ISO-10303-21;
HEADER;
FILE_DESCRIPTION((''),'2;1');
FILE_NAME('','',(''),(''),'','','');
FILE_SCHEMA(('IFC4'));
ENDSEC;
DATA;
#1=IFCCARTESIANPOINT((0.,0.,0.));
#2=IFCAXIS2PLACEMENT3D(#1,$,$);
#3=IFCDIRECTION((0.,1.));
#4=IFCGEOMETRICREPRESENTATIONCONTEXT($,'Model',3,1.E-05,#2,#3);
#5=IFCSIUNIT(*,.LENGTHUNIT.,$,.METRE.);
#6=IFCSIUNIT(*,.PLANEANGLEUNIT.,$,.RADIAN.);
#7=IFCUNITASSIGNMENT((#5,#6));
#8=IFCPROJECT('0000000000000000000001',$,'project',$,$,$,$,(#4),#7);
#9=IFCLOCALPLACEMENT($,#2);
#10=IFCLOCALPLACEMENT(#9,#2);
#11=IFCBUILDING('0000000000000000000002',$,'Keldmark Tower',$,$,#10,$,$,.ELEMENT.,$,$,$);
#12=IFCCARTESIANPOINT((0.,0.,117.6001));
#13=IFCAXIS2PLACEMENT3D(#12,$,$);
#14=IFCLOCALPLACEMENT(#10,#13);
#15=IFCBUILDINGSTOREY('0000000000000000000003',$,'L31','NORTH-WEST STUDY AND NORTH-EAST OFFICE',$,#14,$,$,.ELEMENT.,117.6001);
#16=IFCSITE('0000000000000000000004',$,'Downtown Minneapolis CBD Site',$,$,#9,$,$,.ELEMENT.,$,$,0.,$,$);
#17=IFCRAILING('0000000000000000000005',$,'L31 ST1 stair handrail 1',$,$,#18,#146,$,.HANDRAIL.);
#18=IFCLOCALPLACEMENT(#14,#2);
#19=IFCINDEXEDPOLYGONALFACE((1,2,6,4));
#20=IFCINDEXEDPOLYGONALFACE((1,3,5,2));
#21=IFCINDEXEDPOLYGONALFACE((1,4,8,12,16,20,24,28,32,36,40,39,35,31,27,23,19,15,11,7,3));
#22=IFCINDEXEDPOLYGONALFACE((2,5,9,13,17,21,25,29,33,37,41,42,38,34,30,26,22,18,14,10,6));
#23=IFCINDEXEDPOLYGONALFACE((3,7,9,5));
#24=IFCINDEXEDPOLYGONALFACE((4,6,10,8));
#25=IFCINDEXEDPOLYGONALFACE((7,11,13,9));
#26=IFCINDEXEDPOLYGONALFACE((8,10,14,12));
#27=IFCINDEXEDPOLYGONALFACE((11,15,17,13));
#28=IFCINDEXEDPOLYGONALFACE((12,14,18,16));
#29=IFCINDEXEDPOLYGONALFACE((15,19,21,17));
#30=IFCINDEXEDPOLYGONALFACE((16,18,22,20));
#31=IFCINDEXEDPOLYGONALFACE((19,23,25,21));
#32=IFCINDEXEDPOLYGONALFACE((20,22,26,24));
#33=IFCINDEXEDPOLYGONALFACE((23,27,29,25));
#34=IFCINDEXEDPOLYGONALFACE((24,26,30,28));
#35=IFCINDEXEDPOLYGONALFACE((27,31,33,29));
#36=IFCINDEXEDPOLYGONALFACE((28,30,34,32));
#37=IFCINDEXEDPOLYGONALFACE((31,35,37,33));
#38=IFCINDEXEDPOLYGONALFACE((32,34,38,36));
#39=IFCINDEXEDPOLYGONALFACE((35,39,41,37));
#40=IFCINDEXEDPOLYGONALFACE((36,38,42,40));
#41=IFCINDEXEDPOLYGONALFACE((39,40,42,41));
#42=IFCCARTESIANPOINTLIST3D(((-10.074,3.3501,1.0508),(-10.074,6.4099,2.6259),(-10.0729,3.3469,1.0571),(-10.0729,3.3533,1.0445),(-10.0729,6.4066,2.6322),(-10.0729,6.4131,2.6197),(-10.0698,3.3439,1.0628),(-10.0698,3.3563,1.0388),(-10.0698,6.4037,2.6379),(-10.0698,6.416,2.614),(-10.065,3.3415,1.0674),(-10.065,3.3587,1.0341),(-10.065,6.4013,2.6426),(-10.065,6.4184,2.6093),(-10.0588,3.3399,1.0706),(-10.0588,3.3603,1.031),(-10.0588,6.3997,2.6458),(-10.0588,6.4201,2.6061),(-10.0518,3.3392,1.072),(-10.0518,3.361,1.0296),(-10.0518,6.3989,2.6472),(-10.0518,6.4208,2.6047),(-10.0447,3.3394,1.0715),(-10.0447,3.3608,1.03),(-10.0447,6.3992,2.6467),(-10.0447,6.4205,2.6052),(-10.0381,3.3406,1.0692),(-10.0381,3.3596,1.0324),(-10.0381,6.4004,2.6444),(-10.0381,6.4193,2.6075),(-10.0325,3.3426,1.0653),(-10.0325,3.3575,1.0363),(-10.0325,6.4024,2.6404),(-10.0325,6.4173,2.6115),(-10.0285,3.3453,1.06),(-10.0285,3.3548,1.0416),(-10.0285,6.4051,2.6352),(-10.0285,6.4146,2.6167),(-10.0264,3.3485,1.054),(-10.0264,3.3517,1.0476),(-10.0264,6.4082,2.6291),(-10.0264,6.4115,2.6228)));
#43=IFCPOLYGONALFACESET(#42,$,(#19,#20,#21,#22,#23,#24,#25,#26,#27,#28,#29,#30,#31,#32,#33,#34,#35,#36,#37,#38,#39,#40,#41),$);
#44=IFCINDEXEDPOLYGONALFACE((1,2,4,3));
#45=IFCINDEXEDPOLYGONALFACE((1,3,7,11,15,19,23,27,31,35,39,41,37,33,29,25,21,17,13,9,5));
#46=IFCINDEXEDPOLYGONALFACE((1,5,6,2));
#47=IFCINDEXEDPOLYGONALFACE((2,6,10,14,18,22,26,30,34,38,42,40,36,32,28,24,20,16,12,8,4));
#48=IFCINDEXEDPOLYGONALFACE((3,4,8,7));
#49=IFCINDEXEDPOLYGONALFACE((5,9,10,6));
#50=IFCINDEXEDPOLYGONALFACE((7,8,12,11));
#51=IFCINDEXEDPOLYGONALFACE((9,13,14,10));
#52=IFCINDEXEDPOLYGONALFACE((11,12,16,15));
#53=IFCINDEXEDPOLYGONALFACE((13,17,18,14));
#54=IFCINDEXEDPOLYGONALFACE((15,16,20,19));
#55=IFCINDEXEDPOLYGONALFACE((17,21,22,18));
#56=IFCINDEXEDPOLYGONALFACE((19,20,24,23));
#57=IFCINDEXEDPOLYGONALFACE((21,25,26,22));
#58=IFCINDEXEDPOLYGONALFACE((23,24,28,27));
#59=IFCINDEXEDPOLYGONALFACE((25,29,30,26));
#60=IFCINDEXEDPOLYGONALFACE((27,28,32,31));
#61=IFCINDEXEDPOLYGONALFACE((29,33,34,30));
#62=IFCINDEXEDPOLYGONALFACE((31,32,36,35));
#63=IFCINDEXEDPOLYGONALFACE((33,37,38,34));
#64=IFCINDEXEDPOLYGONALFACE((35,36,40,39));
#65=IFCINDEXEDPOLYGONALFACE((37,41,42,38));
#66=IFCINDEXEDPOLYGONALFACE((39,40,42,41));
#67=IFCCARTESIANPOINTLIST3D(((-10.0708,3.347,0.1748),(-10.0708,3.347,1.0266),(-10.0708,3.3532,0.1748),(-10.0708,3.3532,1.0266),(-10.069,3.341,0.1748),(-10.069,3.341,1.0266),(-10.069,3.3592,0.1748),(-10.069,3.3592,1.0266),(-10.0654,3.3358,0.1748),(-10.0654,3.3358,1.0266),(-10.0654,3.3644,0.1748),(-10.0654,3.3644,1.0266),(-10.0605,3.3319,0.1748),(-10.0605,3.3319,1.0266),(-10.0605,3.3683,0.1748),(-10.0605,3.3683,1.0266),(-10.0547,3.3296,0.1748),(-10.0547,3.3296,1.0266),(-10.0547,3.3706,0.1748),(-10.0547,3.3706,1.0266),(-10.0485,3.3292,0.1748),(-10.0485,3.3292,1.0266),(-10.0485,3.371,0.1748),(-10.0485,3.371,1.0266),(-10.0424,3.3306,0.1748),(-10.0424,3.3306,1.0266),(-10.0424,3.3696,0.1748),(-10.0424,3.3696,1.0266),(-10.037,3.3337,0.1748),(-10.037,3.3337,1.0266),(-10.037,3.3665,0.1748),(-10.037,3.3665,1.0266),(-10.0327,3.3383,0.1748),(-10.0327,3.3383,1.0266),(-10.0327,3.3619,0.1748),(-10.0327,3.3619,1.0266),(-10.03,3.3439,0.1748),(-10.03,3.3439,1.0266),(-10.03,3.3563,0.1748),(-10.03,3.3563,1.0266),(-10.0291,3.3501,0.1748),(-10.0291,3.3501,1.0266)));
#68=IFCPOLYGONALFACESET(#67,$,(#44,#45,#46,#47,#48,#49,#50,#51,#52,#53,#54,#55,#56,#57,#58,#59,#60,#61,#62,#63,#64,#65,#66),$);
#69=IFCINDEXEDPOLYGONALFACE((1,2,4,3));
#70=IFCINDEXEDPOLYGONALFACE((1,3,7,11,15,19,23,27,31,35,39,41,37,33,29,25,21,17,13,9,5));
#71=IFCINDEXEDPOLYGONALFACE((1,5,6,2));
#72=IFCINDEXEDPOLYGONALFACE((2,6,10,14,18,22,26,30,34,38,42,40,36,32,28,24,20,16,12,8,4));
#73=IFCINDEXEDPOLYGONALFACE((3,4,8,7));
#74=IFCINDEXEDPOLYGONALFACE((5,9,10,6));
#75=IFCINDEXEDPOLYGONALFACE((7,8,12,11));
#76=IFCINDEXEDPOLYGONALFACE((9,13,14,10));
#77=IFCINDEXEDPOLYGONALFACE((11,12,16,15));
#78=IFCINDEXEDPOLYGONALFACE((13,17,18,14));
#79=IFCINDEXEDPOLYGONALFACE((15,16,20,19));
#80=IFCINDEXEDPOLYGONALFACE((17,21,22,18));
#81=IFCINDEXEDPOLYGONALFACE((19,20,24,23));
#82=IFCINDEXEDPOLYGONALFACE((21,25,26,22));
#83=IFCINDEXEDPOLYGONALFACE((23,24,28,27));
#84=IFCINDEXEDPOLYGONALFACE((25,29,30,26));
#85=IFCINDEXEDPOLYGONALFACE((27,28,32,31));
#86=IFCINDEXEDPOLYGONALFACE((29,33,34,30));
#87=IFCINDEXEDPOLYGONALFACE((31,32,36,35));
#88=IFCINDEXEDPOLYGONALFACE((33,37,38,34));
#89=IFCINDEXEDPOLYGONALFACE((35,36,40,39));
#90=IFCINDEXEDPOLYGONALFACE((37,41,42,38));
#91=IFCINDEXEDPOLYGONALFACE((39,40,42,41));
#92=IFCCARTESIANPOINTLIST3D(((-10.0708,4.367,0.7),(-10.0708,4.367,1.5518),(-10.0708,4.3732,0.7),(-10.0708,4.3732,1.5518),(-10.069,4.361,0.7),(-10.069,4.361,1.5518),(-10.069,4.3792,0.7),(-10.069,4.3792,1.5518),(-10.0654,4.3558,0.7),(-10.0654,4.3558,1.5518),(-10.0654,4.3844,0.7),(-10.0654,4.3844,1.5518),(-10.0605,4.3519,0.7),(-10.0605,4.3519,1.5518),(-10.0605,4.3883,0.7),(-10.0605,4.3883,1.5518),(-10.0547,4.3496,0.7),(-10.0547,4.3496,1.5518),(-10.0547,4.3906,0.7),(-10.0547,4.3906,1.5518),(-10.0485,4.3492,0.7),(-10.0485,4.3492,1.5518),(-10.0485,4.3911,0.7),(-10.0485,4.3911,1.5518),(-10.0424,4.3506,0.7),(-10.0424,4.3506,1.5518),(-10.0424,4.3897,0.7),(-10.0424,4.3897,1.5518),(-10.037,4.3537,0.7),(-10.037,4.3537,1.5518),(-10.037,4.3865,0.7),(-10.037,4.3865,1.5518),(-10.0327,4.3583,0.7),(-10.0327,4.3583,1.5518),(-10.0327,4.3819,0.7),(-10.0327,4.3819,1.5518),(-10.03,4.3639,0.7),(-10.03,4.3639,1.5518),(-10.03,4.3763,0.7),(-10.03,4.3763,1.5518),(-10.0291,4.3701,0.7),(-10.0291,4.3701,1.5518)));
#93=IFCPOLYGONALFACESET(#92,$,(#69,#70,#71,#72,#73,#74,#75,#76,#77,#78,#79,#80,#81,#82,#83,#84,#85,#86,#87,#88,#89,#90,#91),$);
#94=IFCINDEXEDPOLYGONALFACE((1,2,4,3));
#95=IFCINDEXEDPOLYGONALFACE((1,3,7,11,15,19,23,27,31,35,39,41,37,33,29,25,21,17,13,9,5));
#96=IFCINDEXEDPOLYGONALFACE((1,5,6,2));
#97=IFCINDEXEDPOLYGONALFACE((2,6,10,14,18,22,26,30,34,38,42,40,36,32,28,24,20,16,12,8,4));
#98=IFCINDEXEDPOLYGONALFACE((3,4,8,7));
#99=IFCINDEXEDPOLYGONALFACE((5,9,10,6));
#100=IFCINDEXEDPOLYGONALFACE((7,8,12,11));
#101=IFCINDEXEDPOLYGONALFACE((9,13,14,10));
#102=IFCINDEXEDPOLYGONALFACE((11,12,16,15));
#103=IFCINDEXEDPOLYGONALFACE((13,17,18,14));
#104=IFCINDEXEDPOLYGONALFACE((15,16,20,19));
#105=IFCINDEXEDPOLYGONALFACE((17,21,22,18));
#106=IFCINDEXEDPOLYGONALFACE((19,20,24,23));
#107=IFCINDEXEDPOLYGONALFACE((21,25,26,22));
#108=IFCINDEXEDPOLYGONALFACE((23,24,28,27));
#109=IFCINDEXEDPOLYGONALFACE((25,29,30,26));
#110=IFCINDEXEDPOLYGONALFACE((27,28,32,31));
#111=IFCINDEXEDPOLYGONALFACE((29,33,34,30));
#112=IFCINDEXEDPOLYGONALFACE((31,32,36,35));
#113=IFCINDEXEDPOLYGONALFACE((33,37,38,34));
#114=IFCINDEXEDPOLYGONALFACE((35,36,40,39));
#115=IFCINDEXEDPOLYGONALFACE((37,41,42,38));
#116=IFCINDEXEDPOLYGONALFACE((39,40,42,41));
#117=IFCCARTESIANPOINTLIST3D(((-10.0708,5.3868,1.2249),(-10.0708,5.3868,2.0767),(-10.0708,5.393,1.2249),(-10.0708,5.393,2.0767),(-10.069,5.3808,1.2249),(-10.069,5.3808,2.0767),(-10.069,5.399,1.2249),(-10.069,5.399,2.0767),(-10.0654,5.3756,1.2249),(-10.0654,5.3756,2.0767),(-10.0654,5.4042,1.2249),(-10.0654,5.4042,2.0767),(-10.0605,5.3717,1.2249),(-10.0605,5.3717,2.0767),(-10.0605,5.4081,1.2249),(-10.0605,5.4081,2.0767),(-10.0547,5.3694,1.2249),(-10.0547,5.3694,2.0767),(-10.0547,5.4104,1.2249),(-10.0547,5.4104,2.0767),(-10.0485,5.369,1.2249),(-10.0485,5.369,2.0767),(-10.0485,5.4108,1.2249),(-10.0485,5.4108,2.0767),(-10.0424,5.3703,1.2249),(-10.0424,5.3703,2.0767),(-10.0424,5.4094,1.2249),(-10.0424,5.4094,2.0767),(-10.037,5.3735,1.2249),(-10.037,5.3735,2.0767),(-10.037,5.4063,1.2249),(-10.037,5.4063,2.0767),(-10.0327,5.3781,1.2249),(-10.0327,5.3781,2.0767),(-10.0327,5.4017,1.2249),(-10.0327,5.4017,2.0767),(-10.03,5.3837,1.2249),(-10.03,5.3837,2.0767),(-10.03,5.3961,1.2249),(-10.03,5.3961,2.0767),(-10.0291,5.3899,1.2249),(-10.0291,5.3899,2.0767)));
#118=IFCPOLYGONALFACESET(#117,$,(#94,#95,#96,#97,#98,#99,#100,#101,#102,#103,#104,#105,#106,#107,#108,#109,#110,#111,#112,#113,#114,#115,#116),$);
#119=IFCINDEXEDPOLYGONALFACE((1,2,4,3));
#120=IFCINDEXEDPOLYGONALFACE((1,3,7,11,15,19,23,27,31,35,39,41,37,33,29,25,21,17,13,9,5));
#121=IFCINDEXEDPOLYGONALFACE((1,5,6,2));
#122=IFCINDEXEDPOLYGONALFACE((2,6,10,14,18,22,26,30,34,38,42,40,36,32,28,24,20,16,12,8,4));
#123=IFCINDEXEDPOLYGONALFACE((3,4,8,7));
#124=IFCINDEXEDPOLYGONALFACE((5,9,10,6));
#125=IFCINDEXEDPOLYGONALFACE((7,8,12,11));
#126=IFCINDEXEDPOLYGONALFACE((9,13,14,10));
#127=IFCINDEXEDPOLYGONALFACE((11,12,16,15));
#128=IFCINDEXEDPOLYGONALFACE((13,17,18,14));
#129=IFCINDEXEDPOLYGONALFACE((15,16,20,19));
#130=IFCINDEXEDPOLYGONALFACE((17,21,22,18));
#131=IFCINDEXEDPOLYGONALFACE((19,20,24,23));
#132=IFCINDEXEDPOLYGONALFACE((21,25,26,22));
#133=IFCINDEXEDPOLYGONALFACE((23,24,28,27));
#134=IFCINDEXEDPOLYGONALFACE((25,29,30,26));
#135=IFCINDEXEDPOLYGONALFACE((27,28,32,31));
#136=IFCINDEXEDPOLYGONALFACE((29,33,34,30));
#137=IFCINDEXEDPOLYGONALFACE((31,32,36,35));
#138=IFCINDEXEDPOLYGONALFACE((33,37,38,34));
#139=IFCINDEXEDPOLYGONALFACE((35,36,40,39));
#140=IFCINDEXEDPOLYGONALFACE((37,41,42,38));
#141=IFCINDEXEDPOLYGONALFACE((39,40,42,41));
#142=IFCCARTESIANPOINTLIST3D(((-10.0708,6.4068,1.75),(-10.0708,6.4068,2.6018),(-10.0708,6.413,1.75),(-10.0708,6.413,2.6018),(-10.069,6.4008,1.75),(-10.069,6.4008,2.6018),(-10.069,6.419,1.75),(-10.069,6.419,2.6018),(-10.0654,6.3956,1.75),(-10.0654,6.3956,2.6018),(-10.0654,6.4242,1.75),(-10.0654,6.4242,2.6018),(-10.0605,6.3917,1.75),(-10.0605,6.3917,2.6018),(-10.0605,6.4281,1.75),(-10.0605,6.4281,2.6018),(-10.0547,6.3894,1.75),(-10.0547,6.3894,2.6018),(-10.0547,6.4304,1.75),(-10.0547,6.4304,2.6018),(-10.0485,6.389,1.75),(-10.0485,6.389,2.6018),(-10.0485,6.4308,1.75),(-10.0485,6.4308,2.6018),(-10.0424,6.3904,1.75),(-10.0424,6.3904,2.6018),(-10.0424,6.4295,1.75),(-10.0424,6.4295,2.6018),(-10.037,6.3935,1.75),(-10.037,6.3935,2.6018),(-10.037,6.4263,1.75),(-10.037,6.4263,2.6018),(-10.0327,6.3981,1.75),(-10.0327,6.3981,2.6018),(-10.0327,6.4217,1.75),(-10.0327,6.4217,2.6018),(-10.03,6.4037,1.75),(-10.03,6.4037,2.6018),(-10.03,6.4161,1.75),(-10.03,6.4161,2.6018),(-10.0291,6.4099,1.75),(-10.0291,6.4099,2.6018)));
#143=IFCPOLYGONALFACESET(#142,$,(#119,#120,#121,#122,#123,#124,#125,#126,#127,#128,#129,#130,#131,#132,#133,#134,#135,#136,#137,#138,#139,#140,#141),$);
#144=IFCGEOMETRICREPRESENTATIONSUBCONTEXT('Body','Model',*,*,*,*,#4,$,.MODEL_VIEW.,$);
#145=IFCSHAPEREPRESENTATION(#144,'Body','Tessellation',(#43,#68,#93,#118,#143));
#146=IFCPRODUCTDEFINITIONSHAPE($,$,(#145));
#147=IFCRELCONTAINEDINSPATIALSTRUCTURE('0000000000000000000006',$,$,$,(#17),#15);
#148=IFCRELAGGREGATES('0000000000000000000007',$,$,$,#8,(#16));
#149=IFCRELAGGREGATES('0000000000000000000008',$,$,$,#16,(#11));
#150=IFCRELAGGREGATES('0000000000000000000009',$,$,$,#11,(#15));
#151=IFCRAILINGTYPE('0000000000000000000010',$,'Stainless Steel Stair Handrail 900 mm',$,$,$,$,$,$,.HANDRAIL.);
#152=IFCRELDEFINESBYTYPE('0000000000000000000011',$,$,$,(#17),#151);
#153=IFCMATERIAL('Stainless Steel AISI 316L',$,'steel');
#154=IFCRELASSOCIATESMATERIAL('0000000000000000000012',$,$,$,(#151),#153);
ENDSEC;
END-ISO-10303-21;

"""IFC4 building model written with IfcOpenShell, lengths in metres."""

from ifc_helpers import new_model, si_unit, direction, frame, origin, origin_2d, place, context, subcontext, project, spatial, circle, extrude, material, type_object, element, save


model = new_model("IFC4")

# Units and contexts
model_context = context("Model", 3, precision=1e-05, world=origin(), true_north=direction((0.0, 1.0)))
body_context = subcontext(model_context, "Body", "Model", "MODEL_VIEW")
ifc_project = project(units=[si_unit("LENGTHUNIT", "METRE"), si_unit("PLANEANGLEUNIT", "RADIAN")], contexts=[model_context])

# Site, building, storey
site_placement = place(None, origin())
site = spatial("IfcSite", under=ifc_project, at=site_placement, Name="Downtown Minneapolis CBD Site", CompositionType="ELEMENT", RefElevation=0.0)
building_placement = place(site_placement, origin())
building = spatial("IfcBuilding", under=site, at=building_placement, Name="Keldmark Tower", CompositionType="ELEMENT")
storey_placement = place(building_placement, frame((0.0, 0.0, 117.6001)))
storey = spatial("IfcBuildingStorey", under=building, at=storey_placement, Name="L31", Description="NORTH-WEST STUDY AND NORTH-EAST OFFICE", CompositionType="ELEMENT", Elevation=117.6001)

# Railing
ifc_material_1 = material(Name="Stainless Steel AISI 316L", Category="steel")
railing_type_1 = type_object("IfcRailingType", Name="Stainless Steel Stair Handrail 900 mm", PredefinedType="HANDRAIL", material=ifc_material_1)
railing_1_placement = place(storey_placement, frame((-10.05, 3.3501, 0.1748)))
element("IfcRailing", 1, at=railing_1_placement, inside=storey, type_object=railing_type_1, Name="L31 ST1 stair handrail 1", PredefinedType="HANDRAIL", context=body_context, shape_type="SweptSolid", body=[
    extrude(circle(Radius=0.0239, at=origin_2d()), frame((0.0, 0.0, 0.876), z_axis=(0.0, 0.889101, 0.45771), x_axis=(-1.0, 0.0, 0.0)), (0.0, 0.0, 1.0), 3.4414),
    extrude(circle(Radius=0.021, at=origin_2d()), origin(), (0.0, 0.0, 1.0), 0.8518),
    extrude(circle(Radius=0.021, at=origin_2d()), frame((0.0, 1.02, 0.5251)), (0.0, 0.0, 1.0), 0.8518),
    extrude(circle(Radius=0.021, at=origin_2d()), frame((0.0, 2.0398, 1.05)), (0.0, 0.0, 1.0), 0.8518),
    extrude(circle(Radius=0.021, at=origin_2d()), frame((0.0, 3.0598, 1.5752)), (0.0, 0.0, 1.0), 0.8518),
])

save(model, "model.ifc")
